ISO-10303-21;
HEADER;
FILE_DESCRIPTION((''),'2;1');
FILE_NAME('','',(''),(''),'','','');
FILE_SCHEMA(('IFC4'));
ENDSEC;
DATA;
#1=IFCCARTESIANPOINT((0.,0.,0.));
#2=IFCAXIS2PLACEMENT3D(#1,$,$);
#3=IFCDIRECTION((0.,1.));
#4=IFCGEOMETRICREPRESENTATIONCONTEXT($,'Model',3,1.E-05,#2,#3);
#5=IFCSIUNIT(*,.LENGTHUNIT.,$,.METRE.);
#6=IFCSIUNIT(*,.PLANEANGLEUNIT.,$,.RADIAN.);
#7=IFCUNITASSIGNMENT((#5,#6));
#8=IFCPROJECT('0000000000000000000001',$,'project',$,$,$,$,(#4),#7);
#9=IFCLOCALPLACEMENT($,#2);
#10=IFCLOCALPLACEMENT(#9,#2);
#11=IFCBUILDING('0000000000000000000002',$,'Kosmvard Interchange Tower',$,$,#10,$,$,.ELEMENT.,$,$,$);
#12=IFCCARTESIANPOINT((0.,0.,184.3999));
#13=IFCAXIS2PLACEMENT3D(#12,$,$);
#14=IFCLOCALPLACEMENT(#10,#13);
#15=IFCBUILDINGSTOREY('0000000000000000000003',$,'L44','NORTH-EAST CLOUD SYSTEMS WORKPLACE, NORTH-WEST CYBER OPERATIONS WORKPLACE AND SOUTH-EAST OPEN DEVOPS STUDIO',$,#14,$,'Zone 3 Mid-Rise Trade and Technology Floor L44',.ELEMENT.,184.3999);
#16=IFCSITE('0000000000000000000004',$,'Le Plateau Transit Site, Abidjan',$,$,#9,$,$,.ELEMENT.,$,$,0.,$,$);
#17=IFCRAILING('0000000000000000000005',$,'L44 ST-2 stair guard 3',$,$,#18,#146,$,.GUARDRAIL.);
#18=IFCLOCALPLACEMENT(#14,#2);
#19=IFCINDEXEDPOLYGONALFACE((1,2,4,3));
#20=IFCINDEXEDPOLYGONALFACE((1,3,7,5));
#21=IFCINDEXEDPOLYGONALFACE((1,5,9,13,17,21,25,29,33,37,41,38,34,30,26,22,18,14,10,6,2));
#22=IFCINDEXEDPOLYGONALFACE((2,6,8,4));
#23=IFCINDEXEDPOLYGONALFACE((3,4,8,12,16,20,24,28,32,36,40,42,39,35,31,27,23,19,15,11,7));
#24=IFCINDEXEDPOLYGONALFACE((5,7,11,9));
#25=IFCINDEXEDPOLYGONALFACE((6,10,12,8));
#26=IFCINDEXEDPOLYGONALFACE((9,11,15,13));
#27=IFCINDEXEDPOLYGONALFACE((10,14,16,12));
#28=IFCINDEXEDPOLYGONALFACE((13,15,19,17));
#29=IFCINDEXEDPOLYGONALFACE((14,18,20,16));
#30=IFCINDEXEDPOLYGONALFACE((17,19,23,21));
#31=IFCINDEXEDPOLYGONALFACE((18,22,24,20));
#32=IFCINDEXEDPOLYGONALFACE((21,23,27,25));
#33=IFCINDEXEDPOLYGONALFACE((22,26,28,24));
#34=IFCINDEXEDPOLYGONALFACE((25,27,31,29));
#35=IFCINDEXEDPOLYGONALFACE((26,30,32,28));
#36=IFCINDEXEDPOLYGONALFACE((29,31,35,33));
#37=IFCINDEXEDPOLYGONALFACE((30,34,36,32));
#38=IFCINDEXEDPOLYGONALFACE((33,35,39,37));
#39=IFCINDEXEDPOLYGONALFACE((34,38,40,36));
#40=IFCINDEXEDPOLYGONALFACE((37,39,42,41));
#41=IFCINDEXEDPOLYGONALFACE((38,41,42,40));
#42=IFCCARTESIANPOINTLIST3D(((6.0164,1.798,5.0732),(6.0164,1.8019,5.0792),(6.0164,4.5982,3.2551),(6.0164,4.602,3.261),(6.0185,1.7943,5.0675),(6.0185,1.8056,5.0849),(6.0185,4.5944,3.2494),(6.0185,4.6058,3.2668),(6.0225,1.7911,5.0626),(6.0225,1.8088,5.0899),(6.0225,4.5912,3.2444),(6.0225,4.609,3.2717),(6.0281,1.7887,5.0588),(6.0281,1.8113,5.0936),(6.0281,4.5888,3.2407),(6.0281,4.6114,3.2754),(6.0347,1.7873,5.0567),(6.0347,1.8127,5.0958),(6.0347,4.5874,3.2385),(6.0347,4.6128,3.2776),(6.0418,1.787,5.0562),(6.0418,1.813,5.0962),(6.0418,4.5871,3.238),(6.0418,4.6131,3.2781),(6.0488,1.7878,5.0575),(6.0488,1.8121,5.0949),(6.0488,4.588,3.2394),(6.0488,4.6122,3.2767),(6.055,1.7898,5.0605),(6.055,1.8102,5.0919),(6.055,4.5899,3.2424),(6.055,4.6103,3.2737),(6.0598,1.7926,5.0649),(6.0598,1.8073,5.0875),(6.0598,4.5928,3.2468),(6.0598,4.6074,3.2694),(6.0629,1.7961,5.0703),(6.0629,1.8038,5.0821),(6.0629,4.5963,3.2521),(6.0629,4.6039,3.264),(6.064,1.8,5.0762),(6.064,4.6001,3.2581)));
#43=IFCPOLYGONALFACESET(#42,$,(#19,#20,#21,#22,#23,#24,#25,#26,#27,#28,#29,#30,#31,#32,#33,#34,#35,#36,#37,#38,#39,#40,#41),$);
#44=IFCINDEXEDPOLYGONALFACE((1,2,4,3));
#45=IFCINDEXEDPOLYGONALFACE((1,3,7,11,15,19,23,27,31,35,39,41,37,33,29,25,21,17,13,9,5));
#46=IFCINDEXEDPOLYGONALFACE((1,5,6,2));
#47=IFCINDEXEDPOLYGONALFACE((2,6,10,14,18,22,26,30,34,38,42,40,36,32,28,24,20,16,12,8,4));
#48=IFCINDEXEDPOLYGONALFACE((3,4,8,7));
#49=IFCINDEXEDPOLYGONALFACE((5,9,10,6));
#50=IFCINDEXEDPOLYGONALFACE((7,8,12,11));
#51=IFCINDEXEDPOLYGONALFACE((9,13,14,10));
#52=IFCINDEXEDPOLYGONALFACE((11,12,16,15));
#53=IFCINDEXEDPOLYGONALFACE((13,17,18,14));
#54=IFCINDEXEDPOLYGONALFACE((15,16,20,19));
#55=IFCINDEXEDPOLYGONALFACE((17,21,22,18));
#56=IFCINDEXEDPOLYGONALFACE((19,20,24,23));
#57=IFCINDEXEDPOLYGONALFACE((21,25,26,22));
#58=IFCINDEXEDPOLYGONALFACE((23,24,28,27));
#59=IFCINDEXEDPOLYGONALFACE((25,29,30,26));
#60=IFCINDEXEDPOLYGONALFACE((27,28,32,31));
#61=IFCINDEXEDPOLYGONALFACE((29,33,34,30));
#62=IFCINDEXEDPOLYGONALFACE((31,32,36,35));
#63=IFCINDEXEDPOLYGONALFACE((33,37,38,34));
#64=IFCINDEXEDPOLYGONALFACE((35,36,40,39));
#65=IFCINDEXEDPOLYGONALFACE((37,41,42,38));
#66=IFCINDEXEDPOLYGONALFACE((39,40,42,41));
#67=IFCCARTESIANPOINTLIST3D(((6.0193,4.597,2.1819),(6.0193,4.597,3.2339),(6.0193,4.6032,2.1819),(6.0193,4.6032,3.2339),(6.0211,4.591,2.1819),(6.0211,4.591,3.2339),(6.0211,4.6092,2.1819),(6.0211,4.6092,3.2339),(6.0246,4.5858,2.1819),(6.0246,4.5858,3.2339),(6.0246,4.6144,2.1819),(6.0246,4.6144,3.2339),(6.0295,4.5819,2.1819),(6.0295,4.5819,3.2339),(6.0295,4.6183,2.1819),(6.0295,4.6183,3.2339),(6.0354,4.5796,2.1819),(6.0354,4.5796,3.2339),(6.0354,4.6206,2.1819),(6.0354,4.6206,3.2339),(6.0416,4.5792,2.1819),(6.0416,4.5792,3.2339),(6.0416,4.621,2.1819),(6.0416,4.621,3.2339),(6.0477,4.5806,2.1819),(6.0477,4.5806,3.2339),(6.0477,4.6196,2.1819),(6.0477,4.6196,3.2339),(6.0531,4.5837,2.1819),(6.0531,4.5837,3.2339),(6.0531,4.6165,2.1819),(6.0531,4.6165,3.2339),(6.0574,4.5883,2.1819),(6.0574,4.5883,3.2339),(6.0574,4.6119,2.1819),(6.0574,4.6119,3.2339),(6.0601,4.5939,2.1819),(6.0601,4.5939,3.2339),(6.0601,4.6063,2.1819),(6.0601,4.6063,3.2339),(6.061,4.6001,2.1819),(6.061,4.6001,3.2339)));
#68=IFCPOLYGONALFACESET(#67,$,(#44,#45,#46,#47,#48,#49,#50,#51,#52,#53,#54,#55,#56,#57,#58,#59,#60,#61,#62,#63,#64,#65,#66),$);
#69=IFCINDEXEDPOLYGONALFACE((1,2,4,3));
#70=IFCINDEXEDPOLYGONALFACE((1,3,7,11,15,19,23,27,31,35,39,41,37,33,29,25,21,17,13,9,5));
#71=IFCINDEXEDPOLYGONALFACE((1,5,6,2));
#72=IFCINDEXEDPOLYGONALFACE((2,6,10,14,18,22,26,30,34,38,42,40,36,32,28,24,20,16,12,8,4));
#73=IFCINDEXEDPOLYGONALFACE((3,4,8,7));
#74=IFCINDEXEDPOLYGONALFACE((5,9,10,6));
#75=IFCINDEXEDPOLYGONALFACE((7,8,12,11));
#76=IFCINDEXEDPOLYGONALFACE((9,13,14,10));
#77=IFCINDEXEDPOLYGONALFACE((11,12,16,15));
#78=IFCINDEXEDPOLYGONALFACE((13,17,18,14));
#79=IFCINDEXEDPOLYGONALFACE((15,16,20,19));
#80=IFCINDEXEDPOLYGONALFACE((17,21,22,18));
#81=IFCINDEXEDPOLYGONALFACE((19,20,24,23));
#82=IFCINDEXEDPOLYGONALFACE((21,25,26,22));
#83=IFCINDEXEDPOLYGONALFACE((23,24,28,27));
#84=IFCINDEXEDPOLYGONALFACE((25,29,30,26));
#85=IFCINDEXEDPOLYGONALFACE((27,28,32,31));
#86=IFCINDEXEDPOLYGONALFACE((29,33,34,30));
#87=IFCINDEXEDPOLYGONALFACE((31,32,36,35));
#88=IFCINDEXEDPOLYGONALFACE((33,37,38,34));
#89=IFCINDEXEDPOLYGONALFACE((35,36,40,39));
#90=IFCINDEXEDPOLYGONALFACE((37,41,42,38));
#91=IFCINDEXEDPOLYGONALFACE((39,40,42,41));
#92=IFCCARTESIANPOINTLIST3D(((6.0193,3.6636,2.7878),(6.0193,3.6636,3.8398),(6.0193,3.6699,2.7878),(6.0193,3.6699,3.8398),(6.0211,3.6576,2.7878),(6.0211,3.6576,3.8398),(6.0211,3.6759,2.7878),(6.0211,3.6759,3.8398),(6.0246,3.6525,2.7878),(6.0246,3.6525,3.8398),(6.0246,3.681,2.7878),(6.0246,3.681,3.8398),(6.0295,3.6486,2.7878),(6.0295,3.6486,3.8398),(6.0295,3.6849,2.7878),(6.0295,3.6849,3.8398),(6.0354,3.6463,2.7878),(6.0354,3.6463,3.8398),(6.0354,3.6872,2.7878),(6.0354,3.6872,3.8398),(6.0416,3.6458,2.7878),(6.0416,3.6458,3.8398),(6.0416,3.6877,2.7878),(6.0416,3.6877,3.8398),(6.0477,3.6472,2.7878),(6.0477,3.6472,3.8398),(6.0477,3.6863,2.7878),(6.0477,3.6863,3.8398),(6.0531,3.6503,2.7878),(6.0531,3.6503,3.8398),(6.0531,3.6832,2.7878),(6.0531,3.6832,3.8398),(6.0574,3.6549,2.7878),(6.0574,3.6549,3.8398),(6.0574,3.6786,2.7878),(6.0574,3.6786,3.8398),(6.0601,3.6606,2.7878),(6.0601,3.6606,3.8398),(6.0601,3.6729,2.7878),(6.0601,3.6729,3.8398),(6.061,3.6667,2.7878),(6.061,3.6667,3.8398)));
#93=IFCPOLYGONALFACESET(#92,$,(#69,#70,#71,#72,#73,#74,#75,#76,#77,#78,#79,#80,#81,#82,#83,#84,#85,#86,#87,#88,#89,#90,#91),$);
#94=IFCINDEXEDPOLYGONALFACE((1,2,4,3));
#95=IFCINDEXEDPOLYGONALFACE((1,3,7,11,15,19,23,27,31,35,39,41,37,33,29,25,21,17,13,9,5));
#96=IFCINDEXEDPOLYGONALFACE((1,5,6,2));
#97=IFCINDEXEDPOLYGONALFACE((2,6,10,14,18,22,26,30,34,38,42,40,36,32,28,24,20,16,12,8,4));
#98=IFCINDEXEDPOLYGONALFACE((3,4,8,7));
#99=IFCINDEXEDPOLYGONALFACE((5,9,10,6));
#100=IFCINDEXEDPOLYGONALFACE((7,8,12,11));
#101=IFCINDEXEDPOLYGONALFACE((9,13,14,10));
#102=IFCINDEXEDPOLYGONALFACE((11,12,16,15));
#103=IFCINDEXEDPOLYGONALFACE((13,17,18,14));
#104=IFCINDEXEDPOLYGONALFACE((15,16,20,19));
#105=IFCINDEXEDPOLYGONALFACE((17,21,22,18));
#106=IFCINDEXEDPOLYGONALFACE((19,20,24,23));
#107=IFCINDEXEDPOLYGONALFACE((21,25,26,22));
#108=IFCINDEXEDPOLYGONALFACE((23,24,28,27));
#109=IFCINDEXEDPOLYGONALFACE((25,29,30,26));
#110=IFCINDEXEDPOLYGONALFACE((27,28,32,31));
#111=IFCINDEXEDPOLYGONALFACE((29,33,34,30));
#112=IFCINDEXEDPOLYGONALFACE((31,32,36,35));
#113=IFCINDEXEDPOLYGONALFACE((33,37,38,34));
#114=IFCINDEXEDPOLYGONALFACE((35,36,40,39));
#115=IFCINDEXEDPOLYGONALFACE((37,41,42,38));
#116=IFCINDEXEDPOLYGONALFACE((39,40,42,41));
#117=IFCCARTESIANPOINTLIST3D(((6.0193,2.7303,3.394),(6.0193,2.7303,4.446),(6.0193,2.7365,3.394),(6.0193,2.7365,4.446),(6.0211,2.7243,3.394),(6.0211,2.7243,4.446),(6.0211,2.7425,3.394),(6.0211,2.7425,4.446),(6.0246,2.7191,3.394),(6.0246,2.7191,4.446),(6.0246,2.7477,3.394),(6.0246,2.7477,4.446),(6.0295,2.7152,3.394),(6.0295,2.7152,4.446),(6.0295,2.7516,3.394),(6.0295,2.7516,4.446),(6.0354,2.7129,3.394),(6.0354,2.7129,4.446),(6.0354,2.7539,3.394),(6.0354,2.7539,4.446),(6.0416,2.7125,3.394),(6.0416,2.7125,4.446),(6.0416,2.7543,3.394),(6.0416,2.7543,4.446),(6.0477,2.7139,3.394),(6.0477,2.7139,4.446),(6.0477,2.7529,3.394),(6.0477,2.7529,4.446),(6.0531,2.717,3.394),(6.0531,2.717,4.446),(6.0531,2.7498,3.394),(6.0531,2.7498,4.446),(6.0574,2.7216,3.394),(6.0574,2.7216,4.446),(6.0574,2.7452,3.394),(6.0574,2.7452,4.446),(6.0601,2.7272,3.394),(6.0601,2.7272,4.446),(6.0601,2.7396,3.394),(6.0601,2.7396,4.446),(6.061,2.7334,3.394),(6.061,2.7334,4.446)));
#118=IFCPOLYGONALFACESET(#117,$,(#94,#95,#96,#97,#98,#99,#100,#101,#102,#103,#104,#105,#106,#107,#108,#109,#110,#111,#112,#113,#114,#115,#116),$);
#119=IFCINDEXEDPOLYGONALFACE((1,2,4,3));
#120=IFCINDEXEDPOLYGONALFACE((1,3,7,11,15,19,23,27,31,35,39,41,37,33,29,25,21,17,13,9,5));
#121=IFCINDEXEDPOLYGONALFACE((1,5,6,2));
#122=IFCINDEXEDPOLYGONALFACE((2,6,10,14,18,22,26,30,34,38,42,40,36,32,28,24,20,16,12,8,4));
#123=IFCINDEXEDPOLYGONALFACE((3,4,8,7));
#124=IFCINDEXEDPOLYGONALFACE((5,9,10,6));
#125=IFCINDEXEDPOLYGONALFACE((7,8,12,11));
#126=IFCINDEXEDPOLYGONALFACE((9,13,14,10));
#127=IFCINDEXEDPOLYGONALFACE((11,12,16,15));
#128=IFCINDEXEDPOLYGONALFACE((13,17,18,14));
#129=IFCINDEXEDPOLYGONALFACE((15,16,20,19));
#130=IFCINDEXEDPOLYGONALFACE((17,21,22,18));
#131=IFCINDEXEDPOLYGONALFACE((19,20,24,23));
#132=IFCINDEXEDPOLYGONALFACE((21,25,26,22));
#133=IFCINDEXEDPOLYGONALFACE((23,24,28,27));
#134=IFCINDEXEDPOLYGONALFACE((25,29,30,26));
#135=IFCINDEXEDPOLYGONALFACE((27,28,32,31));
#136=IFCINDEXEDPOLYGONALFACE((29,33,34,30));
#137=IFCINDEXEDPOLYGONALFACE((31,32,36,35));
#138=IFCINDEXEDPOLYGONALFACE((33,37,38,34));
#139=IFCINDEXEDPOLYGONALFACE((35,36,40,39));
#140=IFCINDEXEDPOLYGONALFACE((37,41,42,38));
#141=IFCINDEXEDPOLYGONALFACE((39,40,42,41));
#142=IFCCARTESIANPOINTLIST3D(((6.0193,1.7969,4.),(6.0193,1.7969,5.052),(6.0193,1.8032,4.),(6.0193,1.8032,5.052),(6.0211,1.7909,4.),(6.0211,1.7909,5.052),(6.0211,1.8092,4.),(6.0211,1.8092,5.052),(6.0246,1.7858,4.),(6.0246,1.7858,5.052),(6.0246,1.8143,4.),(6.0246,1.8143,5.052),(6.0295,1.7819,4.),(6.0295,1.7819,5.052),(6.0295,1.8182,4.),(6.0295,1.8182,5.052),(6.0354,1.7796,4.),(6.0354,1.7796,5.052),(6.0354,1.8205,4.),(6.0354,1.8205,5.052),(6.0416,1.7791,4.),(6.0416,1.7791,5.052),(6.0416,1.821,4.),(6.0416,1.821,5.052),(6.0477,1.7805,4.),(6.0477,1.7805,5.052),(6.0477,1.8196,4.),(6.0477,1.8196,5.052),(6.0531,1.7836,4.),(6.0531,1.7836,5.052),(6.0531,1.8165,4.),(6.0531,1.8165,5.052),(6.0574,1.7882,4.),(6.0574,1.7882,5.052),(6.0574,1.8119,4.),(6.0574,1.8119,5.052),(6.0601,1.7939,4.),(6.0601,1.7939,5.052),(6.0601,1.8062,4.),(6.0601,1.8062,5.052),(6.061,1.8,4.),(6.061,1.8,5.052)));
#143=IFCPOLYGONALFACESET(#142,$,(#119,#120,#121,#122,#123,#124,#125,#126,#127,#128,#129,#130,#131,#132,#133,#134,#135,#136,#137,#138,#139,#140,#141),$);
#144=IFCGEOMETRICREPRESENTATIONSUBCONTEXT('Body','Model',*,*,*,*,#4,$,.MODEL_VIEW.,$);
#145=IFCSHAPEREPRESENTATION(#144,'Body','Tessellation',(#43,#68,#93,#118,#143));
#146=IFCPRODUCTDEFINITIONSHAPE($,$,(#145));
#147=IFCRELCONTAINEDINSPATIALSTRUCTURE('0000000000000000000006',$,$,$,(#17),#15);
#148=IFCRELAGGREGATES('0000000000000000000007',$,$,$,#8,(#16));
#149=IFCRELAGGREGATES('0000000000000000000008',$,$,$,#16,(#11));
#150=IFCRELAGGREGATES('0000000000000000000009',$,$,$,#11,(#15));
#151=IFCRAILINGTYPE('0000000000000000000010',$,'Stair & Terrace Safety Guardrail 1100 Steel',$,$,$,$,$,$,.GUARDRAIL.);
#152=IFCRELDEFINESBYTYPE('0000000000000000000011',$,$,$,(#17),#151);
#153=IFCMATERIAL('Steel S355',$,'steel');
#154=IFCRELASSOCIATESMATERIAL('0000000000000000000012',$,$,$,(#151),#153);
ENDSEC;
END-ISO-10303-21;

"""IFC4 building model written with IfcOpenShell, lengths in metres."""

from ifc_helpers import new_model, si_unit, direction, frame, origin, origin_2d, place, context, subcontext, project, spatial, circle, extrude, source, transform, mapped, material, type_object, element, save


model = new_model("IFC4")

# Units and contexts
model_context = context("Model", 3, precision=1e-05, world=origin(), true_north=direction((0.0, 1.0)))
body_context = subcontext(model_context, "Body", "Model", "MODEL_VIEW")
ifc_project = project(units=[si_unit("LENGTHUNIT", "METRE"), si_unit("PLANEANGLEUNIT", "RADIAN")], contexts=[model_context])

# Site, building, storey
site_placement = place(None, origin())
site = spatial("IfcSite", under=ifc_project, at=site_placement, Name="Le Plateau Transit Site, Abidjan", CompositionType="ELEMENT", RefElevation=0.0)
building_placement = place(site_placement, origin())
building = spatial("IfcBuilding", under=site, at=building_placement, Name="Kosmvard Interchange Tower", CompositionType="ELEMENT")
storey_placement = place(building_placement, frame((0.0, 0.0, 184.3999)))
storey = spatial("IfcBuildingStorey", under=building, at=storey_placement, Name="L44", Description="NORTH-EAST CLOUD SYSTEMS WORKPLACE, NORTH-WEST CYBER OPERATIONS WORKPLACE AND SOUTH-EAST OPEN DEVOPS STUDIO", LongName="Zone 3 Mid-Rise Trade and Technology Floor L44", CompositionType="ELEMENT", Elevation=184.3999)

# Railing
ifc_material_1 = material(Name="Steel S355", Category="steel")
railing_type_1 = type_object("IfcRailingType", Name="Stair & Terrace Safety Guardrail 1100 Steel", PredefinedType="GUARDRAIL", material=ifc_material_1)
shared_shape_1 = source(origin(), body_context, "Body", "SweptSolid", [
    extrude(circle(Radius=0.0239, at=origin_2d()), frame((0.0, 0.0, 1.0762), z_axis=(0.0, -0.838706, 0.544585), x_axis=(1.0, 0.0, 0.0)), (0.0, 0.0, 1.0), 3.3386),
    extrude(circle(Radius=0.021, at=origin_2d()), origin(), (0.0, 0.0, 1.0), 1.052),
    extrude(circle(Radius=0.021, at=origin_2d()), frame((0.0, -0.9333, 0.606)), (0.0, 0.0, 1.0), 1.052),
    extrude(circle(Radius=0.021, at=origin_2d()), frame((0.0, -1.8667, 1.2122)), (0.0, 0.0, 1.0), 1.052),
    extrude(circle(Radius=0.021, at=origin_2d()), frame((0.0, -2.8, 1.8181)), (0.0, 0.0, 1.0), 1.052),
])
railing_1_placement = place(storey_placement, frame((6.04, 4.6001, 2.1819)))
element("IfcRailing", 1, at=railing_1_placement, inside=storey, type_object=railing_type_1, Name="L44 ST-2 stair guard 3", PredefinedType="GUARDRAIL", context=body_context, shape_type="MappedRepresentation", body=[
    mapped(shared_shape_1, transform((0.0, 0.0, 0.0), scale=1.0)),
])

save(model, "model.ifc")
